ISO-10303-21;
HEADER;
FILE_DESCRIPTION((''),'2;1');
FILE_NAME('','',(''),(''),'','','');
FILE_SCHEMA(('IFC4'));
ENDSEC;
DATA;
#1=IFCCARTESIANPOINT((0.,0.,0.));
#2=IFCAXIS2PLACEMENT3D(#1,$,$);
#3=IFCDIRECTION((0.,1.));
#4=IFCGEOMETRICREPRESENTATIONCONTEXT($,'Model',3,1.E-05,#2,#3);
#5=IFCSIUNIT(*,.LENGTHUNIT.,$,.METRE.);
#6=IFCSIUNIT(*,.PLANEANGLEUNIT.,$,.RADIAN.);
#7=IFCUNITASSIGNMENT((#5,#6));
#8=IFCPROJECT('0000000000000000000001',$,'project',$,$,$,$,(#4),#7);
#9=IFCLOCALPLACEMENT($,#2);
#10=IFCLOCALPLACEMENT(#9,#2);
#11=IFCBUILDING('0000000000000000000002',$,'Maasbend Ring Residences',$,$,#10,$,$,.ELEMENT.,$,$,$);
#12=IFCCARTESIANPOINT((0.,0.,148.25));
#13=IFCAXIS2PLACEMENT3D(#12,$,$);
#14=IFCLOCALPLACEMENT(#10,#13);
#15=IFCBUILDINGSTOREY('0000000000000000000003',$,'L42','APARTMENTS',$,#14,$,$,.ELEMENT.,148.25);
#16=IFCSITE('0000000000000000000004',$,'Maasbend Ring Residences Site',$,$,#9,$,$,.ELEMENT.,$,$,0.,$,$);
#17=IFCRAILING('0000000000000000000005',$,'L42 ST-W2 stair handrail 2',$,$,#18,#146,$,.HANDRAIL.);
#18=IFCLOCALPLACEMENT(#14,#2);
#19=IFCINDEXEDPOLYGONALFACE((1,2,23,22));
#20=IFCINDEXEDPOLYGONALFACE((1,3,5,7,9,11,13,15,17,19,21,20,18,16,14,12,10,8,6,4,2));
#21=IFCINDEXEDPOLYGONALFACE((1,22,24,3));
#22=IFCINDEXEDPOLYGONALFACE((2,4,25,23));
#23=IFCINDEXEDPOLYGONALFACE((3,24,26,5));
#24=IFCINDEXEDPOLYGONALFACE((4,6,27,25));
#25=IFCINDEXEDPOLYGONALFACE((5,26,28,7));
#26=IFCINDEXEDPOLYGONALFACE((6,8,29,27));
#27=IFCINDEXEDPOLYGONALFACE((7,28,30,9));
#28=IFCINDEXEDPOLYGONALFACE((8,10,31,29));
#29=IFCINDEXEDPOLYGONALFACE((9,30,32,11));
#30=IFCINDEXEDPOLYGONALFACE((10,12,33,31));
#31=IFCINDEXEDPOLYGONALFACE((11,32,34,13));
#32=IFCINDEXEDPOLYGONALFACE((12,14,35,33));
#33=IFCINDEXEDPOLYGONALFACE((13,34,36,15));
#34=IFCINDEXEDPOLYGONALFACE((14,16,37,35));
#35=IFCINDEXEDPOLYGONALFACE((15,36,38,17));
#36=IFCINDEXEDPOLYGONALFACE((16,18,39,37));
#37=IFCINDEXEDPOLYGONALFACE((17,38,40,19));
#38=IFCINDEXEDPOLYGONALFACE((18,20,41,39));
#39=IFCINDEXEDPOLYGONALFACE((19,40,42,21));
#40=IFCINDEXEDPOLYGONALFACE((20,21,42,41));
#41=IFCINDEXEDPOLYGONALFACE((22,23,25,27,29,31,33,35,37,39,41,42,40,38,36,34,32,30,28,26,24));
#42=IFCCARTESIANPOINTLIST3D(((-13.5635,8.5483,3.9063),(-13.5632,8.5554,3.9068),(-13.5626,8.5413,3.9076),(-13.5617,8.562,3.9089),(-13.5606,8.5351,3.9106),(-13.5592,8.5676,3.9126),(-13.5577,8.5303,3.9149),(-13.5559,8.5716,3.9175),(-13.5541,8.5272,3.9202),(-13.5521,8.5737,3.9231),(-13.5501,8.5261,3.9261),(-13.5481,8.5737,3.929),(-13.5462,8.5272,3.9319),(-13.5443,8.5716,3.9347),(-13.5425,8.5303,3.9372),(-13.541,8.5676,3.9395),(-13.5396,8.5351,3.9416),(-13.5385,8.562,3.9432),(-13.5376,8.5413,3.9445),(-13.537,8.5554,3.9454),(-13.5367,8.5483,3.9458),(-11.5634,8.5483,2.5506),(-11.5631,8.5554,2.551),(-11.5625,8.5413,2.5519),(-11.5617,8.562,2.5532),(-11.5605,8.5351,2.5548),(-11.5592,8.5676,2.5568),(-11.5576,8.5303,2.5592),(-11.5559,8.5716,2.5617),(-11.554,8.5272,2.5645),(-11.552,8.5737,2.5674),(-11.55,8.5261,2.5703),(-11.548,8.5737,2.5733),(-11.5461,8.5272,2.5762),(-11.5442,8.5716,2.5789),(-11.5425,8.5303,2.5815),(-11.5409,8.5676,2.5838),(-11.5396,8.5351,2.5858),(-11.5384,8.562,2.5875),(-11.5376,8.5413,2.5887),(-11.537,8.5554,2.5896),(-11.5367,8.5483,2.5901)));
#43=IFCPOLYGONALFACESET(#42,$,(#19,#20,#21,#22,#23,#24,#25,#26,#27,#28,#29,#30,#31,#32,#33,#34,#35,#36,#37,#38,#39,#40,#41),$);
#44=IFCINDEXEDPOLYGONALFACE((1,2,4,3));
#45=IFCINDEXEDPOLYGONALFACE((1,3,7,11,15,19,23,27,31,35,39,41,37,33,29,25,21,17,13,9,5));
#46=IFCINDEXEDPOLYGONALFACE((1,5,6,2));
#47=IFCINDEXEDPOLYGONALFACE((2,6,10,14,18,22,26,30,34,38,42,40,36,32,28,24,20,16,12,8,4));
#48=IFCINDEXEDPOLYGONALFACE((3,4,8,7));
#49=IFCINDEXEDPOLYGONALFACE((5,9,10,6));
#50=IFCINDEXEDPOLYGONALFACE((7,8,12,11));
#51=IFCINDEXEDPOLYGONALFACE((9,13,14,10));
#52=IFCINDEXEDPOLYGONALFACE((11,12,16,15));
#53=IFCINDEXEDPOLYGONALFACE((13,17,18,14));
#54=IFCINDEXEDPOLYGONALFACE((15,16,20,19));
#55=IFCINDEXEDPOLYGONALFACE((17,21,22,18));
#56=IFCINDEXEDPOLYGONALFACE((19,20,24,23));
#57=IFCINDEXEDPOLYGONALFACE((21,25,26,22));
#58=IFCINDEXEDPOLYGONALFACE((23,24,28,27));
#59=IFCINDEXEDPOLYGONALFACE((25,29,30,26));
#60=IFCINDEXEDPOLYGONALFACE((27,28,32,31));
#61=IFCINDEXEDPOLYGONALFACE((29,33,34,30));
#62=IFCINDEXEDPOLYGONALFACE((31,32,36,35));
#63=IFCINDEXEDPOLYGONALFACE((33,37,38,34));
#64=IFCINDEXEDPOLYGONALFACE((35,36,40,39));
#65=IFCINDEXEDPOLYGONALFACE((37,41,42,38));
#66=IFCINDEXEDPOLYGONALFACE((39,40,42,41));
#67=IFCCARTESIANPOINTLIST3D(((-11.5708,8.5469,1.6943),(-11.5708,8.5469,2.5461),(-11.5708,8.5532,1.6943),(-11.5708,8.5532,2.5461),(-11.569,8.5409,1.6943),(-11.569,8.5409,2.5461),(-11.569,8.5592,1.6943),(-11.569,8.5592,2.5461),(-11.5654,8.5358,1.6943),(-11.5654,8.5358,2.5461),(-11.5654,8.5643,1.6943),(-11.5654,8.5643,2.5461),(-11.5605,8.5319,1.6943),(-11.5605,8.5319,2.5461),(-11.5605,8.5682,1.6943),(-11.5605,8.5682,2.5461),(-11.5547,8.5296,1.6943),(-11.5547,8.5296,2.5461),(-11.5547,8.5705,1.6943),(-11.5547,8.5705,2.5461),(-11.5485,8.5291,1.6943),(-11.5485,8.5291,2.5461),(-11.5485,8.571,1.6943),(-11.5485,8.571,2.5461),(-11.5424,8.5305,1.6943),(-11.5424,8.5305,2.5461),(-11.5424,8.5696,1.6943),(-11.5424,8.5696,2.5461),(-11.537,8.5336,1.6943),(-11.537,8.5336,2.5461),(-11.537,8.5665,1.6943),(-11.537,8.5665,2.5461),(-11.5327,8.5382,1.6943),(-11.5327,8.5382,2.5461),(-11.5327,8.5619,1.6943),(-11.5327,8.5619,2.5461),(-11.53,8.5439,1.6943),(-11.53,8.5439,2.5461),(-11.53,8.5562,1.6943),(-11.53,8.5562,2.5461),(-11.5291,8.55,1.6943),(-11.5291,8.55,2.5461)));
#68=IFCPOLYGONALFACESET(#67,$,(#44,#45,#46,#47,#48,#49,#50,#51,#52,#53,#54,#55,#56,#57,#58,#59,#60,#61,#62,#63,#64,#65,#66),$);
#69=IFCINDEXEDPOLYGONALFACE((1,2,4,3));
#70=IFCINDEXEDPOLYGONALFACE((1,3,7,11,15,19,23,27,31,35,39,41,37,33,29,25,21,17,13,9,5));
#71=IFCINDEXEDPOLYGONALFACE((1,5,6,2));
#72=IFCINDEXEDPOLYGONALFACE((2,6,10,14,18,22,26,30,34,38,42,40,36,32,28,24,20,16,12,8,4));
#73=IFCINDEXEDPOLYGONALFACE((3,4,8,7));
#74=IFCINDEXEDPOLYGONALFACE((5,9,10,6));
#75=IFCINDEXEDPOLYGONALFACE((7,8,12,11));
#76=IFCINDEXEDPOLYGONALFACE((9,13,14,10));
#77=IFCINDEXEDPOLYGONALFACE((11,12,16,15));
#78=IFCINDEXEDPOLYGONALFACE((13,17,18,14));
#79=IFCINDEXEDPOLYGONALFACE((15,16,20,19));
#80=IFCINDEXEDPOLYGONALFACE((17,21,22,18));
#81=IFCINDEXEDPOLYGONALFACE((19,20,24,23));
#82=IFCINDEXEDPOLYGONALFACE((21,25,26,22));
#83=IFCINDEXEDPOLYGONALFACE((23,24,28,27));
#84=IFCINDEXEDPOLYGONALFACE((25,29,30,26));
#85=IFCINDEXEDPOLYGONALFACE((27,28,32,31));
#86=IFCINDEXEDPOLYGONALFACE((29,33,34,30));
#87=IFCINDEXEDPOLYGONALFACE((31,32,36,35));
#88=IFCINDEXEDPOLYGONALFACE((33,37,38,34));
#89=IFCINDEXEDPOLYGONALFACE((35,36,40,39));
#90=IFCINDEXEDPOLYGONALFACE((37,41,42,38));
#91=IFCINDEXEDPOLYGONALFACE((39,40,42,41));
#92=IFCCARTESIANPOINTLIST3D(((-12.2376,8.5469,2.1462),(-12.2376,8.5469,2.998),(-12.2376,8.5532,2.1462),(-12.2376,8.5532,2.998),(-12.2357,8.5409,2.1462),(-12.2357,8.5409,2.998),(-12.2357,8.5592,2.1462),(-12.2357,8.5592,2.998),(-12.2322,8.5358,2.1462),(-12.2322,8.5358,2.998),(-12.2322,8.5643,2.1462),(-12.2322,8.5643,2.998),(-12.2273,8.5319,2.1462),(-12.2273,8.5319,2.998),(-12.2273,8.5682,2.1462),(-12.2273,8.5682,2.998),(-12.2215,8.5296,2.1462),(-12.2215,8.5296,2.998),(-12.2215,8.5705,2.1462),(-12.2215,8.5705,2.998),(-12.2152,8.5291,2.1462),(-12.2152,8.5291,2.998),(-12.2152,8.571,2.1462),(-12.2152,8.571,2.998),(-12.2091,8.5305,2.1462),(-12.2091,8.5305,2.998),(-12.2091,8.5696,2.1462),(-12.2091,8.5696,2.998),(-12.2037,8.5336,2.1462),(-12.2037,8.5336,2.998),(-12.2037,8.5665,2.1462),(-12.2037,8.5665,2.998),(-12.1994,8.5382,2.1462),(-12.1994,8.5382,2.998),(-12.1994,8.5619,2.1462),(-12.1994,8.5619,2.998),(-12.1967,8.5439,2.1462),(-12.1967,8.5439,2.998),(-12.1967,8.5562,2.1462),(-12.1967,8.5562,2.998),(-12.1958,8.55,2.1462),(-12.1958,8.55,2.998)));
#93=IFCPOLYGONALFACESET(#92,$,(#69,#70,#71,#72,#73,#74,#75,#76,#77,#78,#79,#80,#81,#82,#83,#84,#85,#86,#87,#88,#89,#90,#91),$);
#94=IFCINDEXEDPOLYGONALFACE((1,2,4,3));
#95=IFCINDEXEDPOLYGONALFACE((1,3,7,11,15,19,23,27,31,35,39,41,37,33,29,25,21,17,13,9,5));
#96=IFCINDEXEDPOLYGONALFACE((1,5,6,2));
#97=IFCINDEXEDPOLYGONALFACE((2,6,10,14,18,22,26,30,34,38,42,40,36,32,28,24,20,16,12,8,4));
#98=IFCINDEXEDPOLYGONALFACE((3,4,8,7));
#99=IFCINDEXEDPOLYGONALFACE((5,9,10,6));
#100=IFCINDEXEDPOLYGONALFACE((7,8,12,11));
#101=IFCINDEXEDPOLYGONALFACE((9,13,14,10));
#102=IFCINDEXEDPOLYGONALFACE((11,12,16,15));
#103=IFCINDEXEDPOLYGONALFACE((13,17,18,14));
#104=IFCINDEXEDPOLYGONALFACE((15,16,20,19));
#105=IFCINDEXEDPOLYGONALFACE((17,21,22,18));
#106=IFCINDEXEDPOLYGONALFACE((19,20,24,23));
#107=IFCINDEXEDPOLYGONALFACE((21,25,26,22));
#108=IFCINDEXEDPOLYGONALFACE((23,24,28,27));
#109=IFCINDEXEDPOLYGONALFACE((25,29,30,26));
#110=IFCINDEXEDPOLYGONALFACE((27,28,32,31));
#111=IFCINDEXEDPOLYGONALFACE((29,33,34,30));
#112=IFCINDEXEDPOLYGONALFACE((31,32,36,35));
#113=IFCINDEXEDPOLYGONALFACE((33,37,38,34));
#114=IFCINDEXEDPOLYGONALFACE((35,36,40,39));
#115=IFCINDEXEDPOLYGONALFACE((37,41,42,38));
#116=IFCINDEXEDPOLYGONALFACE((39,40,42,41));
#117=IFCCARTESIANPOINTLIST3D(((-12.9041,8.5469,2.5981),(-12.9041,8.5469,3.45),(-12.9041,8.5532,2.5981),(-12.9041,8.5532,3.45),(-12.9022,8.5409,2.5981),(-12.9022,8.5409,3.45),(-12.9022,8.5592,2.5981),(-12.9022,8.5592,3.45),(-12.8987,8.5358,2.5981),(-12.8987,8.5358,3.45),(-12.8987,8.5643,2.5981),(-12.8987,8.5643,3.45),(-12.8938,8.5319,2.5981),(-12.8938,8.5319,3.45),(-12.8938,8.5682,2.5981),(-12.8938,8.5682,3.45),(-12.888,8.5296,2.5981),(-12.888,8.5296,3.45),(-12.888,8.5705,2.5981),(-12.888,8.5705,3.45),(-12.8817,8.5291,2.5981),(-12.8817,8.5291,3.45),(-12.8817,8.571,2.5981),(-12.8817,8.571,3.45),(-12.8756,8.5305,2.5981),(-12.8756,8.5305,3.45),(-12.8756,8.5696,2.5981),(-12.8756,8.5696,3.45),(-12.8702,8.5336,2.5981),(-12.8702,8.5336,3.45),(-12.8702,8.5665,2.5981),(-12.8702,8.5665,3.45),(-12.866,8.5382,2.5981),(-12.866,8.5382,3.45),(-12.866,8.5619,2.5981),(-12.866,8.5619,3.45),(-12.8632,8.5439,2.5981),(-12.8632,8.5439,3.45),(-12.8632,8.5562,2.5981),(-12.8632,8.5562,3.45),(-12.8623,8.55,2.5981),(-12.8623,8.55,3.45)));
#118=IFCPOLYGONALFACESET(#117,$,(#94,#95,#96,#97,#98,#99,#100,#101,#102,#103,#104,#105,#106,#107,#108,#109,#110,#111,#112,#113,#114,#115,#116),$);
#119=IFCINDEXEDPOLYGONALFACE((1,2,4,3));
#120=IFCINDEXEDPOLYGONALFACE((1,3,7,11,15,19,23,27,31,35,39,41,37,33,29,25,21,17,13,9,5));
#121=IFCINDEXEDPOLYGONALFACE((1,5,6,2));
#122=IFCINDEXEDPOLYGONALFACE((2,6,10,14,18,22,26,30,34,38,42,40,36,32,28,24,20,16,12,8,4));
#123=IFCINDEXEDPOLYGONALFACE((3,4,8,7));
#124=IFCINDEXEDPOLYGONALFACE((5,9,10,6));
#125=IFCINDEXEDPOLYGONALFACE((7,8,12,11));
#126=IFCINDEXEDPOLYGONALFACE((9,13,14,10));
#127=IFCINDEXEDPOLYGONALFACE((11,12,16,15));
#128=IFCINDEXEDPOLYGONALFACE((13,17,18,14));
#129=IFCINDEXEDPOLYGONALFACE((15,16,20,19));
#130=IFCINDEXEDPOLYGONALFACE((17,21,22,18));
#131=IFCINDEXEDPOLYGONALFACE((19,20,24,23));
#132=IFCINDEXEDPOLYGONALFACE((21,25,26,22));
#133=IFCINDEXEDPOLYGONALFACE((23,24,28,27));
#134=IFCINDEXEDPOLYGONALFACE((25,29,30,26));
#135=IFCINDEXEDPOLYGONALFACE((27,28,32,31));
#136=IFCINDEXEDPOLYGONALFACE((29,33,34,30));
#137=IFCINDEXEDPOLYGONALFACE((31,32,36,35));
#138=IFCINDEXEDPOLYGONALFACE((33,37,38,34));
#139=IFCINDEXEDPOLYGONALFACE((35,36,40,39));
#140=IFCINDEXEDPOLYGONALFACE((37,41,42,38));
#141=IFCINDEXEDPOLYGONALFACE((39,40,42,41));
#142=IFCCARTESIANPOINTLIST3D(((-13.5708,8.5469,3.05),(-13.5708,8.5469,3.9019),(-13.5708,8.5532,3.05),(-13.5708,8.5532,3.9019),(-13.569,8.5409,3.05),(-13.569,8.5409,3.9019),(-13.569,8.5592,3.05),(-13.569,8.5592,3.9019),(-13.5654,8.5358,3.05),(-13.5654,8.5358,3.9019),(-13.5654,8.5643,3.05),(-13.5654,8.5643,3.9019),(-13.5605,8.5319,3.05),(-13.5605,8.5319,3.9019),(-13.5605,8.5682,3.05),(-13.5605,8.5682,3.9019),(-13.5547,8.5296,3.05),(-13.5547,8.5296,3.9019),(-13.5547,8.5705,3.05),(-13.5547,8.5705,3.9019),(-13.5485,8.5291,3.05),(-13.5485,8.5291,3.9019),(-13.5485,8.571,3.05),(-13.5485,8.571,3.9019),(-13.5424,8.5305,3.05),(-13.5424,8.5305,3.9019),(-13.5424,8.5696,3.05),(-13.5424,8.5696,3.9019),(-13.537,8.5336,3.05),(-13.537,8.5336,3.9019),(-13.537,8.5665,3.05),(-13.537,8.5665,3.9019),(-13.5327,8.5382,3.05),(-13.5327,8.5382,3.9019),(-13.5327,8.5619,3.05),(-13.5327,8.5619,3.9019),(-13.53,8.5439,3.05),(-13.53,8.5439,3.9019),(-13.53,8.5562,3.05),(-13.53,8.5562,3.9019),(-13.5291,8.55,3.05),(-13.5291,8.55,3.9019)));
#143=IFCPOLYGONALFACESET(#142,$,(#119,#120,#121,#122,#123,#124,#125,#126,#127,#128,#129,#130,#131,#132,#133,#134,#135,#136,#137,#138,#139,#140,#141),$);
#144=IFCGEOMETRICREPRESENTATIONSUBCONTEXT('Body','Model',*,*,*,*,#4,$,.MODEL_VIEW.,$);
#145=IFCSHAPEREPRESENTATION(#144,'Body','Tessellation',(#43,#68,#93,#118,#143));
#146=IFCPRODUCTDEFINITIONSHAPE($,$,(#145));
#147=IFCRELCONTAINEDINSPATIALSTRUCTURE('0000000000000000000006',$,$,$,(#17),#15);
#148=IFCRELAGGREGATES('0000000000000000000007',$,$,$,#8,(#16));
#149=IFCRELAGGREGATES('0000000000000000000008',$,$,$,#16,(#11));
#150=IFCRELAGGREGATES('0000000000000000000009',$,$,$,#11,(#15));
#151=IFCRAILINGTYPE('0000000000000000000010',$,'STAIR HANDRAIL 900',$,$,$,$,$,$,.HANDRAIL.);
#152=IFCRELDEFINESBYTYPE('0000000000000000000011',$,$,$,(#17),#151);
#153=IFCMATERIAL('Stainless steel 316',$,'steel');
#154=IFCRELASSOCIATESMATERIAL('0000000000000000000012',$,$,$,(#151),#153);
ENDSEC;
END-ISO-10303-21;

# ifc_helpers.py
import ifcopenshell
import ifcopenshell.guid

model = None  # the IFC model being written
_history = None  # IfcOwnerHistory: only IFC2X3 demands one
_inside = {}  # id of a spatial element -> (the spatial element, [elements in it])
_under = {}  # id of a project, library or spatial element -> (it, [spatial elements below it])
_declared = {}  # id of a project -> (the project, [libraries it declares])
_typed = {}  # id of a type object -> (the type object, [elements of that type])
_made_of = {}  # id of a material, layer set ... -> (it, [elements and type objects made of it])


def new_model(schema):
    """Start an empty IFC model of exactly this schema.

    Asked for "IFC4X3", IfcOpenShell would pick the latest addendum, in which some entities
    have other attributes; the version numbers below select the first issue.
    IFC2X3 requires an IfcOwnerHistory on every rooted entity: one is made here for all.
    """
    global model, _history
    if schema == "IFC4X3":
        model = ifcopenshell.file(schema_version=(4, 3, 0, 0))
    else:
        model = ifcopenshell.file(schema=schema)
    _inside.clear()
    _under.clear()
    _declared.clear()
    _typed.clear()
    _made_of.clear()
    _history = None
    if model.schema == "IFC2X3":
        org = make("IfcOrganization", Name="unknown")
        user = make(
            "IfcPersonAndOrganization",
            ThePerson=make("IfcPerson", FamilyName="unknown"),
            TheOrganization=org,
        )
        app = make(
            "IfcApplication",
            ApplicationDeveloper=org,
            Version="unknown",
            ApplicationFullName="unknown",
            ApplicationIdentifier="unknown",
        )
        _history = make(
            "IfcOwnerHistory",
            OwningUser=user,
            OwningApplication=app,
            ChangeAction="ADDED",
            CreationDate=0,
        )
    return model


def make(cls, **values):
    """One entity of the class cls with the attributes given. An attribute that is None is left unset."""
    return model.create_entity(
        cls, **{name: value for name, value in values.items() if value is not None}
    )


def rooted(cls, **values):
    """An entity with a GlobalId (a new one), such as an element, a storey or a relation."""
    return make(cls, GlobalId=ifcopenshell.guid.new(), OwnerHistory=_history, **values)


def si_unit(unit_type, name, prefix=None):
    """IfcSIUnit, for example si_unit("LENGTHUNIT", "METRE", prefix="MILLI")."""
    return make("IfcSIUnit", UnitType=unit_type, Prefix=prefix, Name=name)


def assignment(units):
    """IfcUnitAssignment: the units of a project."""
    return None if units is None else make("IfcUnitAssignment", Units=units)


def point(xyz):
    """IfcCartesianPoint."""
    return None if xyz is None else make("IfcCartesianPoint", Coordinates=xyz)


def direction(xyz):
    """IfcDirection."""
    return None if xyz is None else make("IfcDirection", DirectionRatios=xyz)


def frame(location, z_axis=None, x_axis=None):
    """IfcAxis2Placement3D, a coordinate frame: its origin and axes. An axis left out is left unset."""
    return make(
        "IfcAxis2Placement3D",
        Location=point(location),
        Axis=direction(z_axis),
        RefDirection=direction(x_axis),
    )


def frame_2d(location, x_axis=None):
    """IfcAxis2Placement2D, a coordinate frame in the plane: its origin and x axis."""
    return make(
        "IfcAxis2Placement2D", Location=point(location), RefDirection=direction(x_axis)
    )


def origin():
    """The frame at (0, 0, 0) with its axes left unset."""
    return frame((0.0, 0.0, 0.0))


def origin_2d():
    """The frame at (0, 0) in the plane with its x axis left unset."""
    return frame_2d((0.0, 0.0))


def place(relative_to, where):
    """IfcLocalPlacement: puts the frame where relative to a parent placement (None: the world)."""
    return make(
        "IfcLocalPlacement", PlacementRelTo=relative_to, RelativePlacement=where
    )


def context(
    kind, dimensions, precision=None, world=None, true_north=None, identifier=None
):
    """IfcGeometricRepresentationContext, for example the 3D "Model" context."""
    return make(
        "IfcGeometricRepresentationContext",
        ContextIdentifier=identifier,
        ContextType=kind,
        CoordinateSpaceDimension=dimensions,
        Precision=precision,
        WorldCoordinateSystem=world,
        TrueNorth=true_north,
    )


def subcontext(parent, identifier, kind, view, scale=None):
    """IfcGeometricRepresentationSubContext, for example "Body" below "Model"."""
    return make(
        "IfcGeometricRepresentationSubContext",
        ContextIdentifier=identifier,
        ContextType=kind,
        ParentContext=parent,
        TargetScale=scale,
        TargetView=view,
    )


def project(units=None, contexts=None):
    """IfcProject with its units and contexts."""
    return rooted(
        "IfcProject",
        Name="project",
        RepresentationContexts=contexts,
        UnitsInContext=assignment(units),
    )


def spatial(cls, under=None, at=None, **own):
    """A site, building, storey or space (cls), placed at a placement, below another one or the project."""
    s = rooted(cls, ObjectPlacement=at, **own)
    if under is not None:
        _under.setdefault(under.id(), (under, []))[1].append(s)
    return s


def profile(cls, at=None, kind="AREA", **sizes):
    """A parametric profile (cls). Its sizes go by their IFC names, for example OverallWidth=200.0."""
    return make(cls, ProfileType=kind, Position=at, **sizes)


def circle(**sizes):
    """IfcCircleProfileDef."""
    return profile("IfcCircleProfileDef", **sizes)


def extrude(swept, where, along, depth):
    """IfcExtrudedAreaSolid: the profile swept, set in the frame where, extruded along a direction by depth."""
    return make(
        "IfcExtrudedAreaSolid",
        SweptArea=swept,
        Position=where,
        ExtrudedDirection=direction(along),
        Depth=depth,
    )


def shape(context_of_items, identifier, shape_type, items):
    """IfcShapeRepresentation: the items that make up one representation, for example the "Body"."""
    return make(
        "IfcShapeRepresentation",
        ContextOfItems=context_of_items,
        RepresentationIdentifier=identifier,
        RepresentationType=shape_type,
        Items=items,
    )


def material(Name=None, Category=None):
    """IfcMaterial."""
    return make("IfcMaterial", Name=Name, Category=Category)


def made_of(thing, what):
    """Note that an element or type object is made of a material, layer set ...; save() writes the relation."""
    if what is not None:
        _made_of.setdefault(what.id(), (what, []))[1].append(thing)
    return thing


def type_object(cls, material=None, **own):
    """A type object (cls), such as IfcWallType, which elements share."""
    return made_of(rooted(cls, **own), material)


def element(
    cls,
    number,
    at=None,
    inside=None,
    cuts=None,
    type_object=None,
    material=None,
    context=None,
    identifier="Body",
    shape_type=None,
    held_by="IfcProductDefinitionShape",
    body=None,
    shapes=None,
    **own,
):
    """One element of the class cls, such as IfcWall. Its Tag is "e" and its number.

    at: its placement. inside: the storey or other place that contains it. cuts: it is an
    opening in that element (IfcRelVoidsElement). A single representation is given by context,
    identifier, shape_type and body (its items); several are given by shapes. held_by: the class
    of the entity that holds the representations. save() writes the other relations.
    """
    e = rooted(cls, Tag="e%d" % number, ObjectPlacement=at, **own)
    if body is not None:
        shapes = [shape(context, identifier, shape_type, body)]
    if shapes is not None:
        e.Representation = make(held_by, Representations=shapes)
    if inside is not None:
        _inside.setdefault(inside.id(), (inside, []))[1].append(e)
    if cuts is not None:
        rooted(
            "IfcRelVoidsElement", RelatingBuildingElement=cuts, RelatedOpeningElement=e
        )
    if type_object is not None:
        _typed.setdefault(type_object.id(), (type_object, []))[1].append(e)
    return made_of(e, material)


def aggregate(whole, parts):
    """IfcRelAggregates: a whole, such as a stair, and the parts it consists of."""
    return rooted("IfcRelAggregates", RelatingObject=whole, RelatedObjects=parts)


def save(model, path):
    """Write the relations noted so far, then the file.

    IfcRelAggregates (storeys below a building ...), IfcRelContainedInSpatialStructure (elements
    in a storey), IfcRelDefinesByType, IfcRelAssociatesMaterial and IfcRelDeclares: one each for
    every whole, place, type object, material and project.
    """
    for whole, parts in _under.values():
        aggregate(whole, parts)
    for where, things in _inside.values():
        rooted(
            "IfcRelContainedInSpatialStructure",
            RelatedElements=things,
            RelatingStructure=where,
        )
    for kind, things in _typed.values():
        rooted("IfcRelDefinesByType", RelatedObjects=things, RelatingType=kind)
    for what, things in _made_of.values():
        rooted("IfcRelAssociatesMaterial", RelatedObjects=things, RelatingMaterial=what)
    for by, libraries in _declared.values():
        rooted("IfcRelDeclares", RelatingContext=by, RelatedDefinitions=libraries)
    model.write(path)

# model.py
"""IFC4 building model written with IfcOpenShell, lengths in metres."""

from ifc_helpers import new_model, si_unit, direction, frame, origin, origin_2d, place, context, subcontext, project, spatial, circle, extrude, material, type_object, element, save


model = new_model("IFC4")

# Units and contexts
model_context = context("Model", 3, precision=1e-05, world=origin(), true_north=direction((0.0, 1.0)))
body_context = subcontext(model_context, "Body", "Model", "MODEL_VIEW")
ifc_project = project(units=[si_unit("LENGTHUNIT", "METRE"), si_unit("PLANEANGLEUNIT", "RADIAN")], contexts=[model_context])

# Site, building, storey
site_placement = place(None, origin())
site = spatial("IfcSite", under=ifc_project, at=site_placement, Name="Maasbend Ring Residences Site", CompositionType="ELEMENT", RefElevation=0.0)
building_placement = place(site_placement, origin())
building = spatial("IfcBuilding", under=site, at=building_placement, Name="Maasbend Ring Residences", CompositionType="ELEMENT")
storey_placement = place(building_placement, frame((0.0, 0.0, 148.25)))
storey = spatial("IfcBuildingStorey", under=building, at=storey_placement, Name="L42", Description="APARTMENTS", CompositionType="ELEMENT", Elevation=148.25)

# Railing
ifc_material_1 = material(Name="Stainless steel 316", Category="steel")
railing_type_1 = type_object("IfcRailingType", Name="STAIR HANDRAIL 900", PredefinedType="HANDRAIL", material=ifc_material_1)
railing_1_placement = place(storey_placement, frame((-11.55, 8.55, 1.6943)))
element("IfcRailing", 1, at=railing_1_placement, inside=storey, type_object=railing_type_1, Name="L42 ST-W2 stair handrail 2", PredefinedType="HANDRAIL", context=body_context, shape_type="SweptSolid", body=[
    extrude(circle(Radius=0.0239, at=origin_2d()), frame((0.0, 0.0, 0.876), z_axis=(-0.827751, 0.0, 0.561096), x_axis=(0.0, -1.0, 0.0)), (0.0, 0.0, 1.0), 2.4163),
    extrude(circle(Radius=0.021, at=origin_2d()), origin(), (0.0, 0.0, 1.0), 0.8518),
    extrude(circle(Radius=0.021, at=origin_2d()), frame((-0.6667, 0.0, 0.4519)), (0.0, 0.0, 1.0), 0.8518),
    extrude(circle(Radius=0.021, at=origin_2d()), frame((-1.3333, 0.0, 0.9038)), (0.0, 0.0, 1.0), 0.8518),
    extrude(circle(Radius=0.021, at=origin_2d()), frame((-2.0, 0.0, 1.3557)), (0.0, 0.0, 1.0), 0.8518),
])

save(model, "model.ifc")
